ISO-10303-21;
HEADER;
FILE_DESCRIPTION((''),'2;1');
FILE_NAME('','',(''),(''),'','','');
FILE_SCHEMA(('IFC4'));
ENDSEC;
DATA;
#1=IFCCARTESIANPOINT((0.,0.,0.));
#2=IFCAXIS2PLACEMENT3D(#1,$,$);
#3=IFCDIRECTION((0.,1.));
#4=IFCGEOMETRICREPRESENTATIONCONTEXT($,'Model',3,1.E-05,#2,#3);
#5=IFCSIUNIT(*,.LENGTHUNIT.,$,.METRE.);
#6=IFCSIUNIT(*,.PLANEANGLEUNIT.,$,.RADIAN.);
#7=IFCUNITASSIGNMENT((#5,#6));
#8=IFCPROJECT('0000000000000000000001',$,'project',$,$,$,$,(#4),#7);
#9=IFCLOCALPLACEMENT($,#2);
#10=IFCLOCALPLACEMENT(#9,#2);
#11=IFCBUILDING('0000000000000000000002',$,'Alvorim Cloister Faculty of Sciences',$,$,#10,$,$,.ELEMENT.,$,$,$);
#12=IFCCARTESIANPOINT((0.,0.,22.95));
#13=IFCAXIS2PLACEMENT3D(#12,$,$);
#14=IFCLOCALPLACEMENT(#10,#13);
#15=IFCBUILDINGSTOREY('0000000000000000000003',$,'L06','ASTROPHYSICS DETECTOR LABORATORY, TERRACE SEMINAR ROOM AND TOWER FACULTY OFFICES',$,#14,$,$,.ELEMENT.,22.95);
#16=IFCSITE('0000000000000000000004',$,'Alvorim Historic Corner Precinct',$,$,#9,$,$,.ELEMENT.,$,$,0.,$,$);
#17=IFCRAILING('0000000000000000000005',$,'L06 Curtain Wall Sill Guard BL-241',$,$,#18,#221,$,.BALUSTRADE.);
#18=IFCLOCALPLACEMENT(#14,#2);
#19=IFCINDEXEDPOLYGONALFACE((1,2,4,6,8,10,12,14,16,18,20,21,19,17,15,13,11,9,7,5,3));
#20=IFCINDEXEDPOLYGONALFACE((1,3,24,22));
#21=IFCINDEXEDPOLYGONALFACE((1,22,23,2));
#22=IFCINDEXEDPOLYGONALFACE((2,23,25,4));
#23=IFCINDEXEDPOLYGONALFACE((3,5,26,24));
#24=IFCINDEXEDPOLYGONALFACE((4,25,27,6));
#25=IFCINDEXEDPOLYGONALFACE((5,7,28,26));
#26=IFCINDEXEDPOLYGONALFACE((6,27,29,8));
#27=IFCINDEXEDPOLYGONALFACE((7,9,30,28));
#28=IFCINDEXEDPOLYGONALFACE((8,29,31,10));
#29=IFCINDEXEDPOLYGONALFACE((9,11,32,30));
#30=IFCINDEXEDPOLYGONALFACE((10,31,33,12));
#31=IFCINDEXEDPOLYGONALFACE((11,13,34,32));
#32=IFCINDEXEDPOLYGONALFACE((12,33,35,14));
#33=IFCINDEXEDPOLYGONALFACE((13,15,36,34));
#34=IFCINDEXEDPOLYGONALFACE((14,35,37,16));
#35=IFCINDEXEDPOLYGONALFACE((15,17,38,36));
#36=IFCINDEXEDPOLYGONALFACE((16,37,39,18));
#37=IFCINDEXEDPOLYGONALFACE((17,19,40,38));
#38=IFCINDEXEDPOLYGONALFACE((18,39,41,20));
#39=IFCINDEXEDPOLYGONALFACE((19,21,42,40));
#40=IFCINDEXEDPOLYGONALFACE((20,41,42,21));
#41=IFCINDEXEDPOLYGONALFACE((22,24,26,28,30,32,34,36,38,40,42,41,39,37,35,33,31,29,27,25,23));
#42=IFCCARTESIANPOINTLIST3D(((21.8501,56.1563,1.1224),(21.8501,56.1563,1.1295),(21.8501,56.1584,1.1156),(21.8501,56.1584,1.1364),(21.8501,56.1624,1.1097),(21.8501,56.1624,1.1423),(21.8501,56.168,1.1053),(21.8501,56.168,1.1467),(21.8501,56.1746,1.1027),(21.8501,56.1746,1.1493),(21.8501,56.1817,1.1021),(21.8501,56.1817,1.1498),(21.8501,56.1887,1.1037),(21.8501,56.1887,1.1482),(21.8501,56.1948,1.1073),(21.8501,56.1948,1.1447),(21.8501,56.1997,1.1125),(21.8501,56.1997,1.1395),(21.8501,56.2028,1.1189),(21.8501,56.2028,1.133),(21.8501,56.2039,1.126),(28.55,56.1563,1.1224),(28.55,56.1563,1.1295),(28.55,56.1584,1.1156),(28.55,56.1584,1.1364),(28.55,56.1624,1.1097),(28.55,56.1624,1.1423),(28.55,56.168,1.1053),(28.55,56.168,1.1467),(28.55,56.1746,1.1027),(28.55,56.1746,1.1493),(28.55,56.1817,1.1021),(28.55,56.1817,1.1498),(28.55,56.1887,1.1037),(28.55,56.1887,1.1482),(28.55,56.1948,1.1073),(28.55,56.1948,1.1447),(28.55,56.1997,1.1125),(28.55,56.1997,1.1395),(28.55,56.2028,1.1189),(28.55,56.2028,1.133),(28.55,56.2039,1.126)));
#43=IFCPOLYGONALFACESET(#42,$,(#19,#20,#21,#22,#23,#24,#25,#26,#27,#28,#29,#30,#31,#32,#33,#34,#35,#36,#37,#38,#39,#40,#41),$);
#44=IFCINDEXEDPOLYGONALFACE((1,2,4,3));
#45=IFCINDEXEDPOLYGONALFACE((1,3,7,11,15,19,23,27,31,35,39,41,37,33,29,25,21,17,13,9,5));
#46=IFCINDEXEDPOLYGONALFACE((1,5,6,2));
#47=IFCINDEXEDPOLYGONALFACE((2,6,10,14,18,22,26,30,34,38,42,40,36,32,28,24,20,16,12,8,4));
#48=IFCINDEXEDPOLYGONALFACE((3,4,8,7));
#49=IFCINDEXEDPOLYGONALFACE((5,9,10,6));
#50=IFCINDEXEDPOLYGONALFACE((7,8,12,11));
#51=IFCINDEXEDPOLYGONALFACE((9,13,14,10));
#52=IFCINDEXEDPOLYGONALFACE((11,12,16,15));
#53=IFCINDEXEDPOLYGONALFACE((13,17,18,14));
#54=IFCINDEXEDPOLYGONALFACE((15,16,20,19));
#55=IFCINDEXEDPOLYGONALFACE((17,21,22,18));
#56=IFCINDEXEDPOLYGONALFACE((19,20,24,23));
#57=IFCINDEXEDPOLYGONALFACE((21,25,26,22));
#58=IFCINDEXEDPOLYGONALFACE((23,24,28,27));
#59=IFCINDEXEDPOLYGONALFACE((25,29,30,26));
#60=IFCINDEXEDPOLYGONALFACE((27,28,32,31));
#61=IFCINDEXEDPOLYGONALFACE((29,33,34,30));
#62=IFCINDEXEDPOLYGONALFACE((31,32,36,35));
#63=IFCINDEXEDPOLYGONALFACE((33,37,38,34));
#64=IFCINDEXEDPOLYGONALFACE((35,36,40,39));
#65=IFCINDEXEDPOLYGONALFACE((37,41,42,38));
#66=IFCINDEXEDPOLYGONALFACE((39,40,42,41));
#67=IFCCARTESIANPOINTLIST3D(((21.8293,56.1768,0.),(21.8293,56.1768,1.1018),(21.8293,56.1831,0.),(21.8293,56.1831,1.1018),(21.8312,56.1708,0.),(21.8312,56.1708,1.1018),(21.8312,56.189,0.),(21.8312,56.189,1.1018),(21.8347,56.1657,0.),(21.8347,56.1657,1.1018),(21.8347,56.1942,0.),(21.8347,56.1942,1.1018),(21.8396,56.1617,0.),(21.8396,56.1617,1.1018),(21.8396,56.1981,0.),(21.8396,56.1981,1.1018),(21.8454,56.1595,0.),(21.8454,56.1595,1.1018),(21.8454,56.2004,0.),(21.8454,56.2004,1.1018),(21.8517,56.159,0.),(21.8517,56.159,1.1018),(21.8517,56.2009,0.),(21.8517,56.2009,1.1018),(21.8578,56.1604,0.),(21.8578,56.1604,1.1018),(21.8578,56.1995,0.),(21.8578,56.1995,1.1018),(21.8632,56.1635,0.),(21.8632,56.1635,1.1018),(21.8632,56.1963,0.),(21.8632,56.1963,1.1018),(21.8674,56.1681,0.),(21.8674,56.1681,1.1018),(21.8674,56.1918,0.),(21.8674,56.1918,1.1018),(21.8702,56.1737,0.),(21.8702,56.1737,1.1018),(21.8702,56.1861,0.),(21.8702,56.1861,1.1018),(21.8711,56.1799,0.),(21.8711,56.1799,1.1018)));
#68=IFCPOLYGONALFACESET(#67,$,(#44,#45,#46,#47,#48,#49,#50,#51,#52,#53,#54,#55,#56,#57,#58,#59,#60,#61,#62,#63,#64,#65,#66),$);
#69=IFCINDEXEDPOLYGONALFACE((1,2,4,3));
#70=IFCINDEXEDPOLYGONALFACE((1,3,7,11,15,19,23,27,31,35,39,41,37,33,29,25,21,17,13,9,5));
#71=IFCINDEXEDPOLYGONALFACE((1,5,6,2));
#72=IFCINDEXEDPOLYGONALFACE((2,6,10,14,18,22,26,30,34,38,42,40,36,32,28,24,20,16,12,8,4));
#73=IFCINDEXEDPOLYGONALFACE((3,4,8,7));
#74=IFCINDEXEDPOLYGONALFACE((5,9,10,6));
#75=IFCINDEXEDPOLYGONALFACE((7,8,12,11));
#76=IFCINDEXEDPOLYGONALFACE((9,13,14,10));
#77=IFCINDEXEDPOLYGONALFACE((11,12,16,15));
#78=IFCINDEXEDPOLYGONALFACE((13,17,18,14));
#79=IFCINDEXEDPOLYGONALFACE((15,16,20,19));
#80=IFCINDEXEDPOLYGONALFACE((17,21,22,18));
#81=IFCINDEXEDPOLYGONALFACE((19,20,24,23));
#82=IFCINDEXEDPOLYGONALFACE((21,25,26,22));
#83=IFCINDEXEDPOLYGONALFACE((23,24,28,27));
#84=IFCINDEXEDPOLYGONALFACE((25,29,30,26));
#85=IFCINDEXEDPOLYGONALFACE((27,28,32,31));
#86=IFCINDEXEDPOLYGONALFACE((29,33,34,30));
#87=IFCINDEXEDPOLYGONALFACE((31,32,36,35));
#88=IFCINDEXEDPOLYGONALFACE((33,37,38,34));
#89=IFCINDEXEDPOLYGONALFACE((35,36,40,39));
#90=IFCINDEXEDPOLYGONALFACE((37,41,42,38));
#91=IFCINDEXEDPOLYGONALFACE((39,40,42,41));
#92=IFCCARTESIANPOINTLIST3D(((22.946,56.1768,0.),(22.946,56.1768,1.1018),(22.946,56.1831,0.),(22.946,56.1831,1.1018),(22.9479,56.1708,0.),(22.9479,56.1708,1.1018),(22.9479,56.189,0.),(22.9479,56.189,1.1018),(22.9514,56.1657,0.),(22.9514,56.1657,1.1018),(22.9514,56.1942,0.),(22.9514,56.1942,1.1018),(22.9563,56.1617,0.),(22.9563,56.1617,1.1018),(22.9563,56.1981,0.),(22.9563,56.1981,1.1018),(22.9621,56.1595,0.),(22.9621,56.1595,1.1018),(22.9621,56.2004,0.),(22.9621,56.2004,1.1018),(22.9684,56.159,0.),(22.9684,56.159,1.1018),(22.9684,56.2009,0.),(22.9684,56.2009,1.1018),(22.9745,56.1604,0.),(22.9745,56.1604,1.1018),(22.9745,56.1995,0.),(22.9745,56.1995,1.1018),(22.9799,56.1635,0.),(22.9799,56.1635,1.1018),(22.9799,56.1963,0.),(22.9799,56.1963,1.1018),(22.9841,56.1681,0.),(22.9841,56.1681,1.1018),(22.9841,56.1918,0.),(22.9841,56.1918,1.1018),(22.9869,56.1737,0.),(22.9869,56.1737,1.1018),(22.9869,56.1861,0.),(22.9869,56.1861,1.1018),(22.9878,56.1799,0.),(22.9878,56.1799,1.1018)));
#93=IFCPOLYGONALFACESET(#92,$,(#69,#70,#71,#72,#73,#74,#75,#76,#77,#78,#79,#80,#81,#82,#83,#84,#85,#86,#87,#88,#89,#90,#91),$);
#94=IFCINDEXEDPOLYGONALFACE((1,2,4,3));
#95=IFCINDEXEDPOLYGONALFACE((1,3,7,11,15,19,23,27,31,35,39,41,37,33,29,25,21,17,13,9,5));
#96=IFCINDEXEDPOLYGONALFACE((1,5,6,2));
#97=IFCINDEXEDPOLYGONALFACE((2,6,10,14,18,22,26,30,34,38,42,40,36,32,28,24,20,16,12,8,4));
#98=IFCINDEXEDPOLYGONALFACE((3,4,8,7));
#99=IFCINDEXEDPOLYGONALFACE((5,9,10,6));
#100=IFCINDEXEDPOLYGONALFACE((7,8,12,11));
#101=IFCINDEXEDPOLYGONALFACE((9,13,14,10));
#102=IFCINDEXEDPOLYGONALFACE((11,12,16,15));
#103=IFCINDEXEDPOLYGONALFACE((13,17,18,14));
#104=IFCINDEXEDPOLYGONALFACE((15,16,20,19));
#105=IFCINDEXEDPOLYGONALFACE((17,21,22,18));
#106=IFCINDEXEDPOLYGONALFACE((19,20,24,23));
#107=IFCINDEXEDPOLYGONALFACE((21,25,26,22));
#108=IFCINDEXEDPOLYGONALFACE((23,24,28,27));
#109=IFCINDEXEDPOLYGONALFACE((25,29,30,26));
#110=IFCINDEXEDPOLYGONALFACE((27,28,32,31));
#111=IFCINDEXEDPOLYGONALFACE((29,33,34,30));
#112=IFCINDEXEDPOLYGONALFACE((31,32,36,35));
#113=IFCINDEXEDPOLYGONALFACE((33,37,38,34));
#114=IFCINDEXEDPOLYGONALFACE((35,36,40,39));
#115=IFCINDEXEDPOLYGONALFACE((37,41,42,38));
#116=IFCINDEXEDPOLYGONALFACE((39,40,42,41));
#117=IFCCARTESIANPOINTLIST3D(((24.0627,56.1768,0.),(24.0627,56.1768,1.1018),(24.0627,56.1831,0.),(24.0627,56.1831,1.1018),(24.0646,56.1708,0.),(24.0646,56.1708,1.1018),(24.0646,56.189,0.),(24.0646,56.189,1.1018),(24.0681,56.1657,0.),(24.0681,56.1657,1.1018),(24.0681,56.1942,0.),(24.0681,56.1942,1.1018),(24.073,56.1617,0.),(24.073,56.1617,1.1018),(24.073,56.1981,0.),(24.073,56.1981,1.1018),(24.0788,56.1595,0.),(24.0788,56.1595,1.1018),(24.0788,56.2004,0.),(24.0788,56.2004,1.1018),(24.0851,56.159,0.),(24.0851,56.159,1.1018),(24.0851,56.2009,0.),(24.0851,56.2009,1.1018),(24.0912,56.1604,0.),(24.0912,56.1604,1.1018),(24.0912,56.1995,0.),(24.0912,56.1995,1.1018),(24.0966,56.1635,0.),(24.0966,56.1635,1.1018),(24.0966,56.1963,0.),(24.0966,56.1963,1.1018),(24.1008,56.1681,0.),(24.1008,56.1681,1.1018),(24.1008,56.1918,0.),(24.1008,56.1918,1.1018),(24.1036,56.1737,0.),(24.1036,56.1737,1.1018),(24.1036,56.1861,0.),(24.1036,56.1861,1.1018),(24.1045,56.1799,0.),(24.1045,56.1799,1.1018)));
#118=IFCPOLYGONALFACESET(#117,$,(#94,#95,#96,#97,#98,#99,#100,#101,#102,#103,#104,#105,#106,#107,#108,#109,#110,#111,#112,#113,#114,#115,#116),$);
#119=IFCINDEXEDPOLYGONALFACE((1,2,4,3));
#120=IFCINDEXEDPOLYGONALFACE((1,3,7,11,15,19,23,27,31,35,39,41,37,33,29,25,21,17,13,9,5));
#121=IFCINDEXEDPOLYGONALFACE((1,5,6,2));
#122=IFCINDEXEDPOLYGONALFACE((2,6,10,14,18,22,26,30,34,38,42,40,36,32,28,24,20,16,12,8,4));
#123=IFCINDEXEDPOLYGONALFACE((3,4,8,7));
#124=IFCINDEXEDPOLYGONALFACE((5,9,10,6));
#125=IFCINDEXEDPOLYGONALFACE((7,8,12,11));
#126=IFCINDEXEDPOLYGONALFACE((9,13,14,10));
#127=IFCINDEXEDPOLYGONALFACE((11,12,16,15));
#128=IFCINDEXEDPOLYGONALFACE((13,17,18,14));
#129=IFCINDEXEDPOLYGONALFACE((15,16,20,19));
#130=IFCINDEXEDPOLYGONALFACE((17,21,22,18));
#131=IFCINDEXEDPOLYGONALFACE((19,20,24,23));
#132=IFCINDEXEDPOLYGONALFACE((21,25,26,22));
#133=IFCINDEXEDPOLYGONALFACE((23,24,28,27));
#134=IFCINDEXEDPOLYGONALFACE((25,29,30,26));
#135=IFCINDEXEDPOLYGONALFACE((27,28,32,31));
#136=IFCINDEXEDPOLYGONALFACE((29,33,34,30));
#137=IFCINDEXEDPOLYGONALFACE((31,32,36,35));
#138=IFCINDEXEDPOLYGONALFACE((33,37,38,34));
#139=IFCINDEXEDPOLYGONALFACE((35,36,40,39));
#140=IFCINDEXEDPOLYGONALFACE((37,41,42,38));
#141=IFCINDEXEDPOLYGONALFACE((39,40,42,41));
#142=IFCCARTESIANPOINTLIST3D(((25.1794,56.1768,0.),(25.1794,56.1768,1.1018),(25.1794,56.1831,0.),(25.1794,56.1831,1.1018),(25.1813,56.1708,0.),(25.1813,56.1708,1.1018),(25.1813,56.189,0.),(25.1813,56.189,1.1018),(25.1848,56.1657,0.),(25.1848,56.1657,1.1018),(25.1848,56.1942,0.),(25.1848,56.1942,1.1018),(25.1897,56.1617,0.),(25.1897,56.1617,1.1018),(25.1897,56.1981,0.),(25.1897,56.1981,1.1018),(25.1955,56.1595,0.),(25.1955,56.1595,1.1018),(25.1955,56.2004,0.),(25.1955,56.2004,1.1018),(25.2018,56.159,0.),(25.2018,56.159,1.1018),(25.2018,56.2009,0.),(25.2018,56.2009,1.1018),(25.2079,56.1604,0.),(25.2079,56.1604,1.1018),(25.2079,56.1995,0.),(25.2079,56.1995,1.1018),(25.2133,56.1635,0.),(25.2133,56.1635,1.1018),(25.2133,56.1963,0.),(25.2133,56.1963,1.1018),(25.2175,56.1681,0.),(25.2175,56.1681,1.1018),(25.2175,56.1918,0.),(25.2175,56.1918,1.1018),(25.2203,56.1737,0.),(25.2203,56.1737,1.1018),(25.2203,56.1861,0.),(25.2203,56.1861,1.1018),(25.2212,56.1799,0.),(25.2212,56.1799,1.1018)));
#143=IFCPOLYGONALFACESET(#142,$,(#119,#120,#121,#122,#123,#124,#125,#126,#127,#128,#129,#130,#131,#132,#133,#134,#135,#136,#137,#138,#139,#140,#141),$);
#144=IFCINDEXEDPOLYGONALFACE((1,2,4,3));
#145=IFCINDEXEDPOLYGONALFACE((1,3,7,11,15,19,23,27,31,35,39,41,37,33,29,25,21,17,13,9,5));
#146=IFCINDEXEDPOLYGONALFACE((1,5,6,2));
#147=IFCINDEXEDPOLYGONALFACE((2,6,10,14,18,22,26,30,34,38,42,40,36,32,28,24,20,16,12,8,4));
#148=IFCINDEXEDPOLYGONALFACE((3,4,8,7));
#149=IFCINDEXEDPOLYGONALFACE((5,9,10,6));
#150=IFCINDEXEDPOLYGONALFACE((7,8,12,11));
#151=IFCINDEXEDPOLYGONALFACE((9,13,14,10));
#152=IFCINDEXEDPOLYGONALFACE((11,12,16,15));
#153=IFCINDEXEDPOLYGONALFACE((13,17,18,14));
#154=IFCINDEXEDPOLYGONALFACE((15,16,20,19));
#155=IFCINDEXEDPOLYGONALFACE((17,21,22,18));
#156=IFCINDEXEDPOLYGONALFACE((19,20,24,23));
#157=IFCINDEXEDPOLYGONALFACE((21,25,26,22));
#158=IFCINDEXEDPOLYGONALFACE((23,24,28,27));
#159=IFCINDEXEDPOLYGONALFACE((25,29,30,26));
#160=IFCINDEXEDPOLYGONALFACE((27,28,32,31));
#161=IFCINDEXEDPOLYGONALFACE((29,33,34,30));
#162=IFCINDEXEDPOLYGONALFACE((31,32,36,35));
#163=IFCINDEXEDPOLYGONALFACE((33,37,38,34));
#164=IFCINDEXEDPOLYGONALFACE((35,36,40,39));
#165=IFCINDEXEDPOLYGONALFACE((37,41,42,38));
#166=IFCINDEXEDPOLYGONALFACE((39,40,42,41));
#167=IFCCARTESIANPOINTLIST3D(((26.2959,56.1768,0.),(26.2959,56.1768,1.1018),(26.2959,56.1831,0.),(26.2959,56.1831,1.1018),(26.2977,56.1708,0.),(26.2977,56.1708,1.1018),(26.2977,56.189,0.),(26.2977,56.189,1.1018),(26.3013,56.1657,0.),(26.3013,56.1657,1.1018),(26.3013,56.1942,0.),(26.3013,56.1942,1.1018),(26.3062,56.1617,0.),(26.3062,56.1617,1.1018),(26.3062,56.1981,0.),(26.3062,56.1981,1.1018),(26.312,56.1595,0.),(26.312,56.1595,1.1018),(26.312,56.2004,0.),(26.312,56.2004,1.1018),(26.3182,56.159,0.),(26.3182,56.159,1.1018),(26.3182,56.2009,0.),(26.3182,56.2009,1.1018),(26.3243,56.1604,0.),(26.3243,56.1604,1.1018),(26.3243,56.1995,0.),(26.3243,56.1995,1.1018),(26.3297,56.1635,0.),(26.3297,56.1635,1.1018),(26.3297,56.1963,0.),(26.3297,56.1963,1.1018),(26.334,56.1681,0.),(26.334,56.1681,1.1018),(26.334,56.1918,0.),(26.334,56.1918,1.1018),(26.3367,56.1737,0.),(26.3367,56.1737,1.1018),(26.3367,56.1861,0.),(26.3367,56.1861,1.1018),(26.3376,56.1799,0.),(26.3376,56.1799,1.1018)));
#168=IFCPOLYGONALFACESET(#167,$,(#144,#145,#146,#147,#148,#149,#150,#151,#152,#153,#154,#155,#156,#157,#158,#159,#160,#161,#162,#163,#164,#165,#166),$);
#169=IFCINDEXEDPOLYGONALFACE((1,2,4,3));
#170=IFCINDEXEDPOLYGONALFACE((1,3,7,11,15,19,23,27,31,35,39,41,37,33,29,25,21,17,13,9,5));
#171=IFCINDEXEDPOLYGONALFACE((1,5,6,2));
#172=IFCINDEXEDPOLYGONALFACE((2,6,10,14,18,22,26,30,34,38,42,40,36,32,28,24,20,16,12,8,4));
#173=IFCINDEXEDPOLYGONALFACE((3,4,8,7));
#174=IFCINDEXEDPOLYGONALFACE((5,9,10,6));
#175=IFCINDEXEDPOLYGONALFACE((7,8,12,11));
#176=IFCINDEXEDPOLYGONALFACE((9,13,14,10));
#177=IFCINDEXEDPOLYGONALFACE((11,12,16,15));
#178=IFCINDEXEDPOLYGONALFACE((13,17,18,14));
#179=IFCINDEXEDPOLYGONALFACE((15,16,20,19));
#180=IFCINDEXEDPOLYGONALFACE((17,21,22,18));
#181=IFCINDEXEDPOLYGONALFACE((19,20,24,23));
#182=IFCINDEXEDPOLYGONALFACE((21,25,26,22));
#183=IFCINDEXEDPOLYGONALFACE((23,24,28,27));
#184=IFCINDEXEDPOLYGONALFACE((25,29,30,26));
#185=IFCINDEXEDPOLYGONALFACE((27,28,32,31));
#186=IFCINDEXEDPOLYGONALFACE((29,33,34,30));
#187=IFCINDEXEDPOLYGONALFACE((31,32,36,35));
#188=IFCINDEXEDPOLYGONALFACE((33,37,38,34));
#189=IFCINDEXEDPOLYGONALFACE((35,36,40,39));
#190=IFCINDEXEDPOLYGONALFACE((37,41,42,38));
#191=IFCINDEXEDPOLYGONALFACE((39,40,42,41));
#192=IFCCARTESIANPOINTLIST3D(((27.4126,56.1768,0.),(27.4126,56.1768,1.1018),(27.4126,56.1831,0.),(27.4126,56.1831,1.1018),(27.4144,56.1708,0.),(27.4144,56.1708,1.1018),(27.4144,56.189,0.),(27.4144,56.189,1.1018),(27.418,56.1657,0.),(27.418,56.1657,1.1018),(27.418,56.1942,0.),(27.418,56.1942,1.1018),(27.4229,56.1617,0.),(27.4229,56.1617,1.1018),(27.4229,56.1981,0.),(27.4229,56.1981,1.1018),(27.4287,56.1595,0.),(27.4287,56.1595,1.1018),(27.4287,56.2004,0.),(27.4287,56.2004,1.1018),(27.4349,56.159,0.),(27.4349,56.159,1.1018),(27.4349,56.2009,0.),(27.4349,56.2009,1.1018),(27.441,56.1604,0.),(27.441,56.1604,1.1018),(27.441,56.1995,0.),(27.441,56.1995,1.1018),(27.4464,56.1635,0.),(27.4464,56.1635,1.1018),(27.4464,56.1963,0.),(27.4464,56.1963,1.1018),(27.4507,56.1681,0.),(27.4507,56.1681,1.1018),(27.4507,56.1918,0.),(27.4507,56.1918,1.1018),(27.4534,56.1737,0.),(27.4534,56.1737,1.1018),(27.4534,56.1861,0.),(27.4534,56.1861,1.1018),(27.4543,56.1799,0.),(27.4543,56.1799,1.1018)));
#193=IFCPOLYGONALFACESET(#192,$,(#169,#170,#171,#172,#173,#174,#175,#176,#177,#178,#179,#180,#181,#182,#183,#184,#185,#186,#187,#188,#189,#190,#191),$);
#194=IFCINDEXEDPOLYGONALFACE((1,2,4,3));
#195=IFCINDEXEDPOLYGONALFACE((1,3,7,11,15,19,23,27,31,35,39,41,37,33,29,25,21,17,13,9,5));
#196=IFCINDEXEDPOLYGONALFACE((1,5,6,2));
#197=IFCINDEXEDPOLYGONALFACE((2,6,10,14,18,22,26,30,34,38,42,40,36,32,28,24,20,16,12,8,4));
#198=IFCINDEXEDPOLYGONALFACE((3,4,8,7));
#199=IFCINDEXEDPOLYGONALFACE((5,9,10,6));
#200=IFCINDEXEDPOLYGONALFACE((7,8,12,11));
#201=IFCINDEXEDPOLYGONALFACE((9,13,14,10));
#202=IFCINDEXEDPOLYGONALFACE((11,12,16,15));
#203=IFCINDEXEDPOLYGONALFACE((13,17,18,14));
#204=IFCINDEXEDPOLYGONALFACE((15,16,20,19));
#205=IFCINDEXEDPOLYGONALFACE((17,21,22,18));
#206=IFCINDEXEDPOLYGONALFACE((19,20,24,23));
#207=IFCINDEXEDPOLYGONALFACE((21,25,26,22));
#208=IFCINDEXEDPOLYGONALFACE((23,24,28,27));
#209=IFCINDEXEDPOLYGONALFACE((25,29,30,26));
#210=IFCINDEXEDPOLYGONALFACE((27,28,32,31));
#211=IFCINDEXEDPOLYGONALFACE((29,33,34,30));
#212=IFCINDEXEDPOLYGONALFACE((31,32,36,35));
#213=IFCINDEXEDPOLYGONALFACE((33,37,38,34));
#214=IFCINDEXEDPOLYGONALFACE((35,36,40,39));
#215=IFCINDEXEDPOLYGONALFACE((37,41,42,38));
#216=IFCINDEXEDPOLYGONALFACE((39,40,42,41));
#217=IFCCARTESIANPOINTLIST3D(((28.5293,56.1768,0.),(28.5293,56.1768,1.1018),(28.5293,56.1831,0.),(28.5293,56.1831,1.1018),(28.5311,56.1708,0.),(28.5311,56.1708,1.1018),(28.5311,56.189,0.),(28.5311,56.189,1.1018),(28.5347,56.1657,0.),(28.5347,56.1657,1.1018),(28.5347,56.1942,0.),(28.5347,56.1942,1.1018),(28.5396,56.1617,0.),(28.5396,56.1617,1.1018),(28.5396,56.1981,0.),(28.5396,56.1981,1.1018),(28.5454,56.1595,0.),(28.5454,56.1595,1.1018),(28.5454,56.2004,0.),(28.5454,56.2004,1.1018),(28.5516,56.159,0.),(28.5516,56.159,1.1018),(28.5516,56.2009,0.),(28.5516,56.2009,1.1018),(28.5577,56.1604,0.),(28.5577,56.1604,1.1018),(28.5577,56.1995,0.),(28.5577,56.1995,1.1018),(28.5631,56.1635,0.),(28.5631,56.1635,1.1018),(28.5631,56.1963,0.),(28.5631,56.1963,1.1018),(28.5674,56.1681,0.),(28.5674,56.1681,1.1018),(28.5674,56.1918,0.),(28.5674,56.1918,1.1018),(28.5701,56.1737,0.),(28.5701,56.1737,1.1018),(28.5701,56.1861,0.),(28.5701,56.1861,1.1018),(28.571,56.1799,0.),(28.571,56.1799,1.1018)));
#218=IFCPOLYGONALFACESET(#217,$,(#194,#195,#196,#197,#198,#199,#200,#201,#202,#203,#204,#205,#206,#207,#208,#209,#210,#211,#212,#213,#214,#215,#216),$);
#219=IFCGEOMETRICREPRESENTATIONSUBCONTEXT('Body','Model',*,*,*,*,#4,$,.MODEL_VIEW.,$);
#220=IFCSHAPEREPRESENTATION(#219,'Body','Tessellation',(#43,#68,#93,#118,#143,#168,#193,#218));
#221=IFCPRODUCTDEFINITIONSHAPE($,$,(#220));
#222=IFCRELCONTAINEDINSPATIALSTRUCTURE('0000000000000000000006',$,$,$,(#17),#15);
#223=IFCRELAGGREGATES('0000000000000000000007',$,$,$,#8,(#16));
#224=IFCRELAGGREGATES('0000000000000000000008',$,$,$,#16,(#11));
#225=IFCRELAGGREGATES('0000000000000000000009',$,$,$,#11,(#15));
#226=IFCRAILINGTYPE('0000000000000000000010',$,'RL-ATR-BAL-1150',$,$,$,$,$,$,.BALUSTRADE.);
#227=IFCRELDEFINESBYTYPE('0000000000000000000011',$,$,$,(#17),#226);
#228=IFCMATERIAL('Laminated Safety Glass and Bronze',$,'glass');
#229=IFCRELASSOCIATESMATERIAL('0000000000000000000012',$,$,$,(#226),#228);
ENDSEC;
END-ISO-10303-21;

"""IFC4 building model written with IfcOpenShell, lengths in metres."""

from ifc_helpers import new_model, si_unit, direction, frame, origin, origin_2d, place, context, subcontext, project, spatial, circle, extrude, material, type_object, element, save


model = new_model("IFC4")

# Units and contexts
model_context = context("Model", 3, precision=1e-05, world=origin(), true_north=direction((0.0, 1.0)))
body_context = subcontext(model_context, "Body", "Model", "MODEL_VIEW")
ifc_project = project(units=[si_unit("LENGTHUNIT", "METRE"), si_unit("PLANEANGLEUNIT", "RADIAN")], contexts=[model_context])

# Site, building, storey
site_placement = place(None, origin())
site = spatial("IfcSite", under=ifc_project, at=site_placement, Name="Alvorim Historic Corner Precinct", CompositionType="ELEMENT", RefElevation=0.0)
building_placement = place(site_placement, origin())
building = spatial("IfcBuilding", under=site, at=building_placement, Name="Alvorim Cloister Faculty of Sciences", CompositionType="ELEMENT")
storey_placement = place(building_placement, frame((0.0, 0.0, 22.95)))
storey = spatial("IfcBuildingStorey", under=building, at=storey_placement, Name="L06", Description="ASTROPHYSICS DETECTOR LABORATORY, TERRACE SEMINAR ROOM AND TOWER FACULTY OFFICES", CompositionType="ELEMENT", Elevation=22.95)

# Railing
ifc_material_1 = material(Name="Laminated Safety Glass and Bronze", Category="glass")
railing_type = type_object("IfcRailingType", Name="RL-ATR-BAL-1150", PredefinedType="BALUSTRADE", material=ifc_material_1)
railing_placement = place(storey_placement, frame((21.8501, 56.1799, 0.0)))
element("IfcRailing", 1, at=railing_placement, inside=storey, type_object=railing_type, Name="L06 Curtain Wall Sill Guard BL-241", PredefinedType="BALUSTRADE", context=body_context, shape_type="SweptSolid", body=[
    extrude(circle(Radius=0.0239, at=origin_2d()), frame((0.0, 0.0, 1.126), z_axis=(1.0, 0.0, 0.0), x_axis=(0.0, 1.0, 0.0)), (0.0, 0.0, 1.0), 6.7),
    extrude(circle(Radius=0.021, at=origin_2d()), origin(), (0.0, 0.0, 1.0), 1.1018),
    extrude(circle(Radius=0.021, at=origin_2d()), frame((1.1167, 0.0, 0.0)), (0.0, 0.0, 1.0), 1.1018),
    extrude(circle(Radius=0.021, at=origin_2d()), frame((2.2334, 0.0, 0.0)), (0.0, 0.0, 1.0), 1.1018),
    extrude(circle(Radius=0.021, at=origin_2d()), frame((3.3501, 0.0, 0.0)), (0.0, 0.0, 1.0), 1.1018),
    extrude(circle(Radius=0.021, at=origin_2d()), frame((4.4666, 0.0, 0.0)), (0.0, 0.0, 1.0), 1.1018),
    extrude(circle(Radius=0.021, at=origin_2d()), frame((5.5833, 0.0, 0.0)), (0.0, 0.0, 1.0), 1.1018),
    extrude(circle(Radius=0.021, at=origin_2d()), frame((6.7, 0.0, 0.0)), (0.0, 0.0, 1.0), 1.1018),
])

save(model, "model.ifc")
